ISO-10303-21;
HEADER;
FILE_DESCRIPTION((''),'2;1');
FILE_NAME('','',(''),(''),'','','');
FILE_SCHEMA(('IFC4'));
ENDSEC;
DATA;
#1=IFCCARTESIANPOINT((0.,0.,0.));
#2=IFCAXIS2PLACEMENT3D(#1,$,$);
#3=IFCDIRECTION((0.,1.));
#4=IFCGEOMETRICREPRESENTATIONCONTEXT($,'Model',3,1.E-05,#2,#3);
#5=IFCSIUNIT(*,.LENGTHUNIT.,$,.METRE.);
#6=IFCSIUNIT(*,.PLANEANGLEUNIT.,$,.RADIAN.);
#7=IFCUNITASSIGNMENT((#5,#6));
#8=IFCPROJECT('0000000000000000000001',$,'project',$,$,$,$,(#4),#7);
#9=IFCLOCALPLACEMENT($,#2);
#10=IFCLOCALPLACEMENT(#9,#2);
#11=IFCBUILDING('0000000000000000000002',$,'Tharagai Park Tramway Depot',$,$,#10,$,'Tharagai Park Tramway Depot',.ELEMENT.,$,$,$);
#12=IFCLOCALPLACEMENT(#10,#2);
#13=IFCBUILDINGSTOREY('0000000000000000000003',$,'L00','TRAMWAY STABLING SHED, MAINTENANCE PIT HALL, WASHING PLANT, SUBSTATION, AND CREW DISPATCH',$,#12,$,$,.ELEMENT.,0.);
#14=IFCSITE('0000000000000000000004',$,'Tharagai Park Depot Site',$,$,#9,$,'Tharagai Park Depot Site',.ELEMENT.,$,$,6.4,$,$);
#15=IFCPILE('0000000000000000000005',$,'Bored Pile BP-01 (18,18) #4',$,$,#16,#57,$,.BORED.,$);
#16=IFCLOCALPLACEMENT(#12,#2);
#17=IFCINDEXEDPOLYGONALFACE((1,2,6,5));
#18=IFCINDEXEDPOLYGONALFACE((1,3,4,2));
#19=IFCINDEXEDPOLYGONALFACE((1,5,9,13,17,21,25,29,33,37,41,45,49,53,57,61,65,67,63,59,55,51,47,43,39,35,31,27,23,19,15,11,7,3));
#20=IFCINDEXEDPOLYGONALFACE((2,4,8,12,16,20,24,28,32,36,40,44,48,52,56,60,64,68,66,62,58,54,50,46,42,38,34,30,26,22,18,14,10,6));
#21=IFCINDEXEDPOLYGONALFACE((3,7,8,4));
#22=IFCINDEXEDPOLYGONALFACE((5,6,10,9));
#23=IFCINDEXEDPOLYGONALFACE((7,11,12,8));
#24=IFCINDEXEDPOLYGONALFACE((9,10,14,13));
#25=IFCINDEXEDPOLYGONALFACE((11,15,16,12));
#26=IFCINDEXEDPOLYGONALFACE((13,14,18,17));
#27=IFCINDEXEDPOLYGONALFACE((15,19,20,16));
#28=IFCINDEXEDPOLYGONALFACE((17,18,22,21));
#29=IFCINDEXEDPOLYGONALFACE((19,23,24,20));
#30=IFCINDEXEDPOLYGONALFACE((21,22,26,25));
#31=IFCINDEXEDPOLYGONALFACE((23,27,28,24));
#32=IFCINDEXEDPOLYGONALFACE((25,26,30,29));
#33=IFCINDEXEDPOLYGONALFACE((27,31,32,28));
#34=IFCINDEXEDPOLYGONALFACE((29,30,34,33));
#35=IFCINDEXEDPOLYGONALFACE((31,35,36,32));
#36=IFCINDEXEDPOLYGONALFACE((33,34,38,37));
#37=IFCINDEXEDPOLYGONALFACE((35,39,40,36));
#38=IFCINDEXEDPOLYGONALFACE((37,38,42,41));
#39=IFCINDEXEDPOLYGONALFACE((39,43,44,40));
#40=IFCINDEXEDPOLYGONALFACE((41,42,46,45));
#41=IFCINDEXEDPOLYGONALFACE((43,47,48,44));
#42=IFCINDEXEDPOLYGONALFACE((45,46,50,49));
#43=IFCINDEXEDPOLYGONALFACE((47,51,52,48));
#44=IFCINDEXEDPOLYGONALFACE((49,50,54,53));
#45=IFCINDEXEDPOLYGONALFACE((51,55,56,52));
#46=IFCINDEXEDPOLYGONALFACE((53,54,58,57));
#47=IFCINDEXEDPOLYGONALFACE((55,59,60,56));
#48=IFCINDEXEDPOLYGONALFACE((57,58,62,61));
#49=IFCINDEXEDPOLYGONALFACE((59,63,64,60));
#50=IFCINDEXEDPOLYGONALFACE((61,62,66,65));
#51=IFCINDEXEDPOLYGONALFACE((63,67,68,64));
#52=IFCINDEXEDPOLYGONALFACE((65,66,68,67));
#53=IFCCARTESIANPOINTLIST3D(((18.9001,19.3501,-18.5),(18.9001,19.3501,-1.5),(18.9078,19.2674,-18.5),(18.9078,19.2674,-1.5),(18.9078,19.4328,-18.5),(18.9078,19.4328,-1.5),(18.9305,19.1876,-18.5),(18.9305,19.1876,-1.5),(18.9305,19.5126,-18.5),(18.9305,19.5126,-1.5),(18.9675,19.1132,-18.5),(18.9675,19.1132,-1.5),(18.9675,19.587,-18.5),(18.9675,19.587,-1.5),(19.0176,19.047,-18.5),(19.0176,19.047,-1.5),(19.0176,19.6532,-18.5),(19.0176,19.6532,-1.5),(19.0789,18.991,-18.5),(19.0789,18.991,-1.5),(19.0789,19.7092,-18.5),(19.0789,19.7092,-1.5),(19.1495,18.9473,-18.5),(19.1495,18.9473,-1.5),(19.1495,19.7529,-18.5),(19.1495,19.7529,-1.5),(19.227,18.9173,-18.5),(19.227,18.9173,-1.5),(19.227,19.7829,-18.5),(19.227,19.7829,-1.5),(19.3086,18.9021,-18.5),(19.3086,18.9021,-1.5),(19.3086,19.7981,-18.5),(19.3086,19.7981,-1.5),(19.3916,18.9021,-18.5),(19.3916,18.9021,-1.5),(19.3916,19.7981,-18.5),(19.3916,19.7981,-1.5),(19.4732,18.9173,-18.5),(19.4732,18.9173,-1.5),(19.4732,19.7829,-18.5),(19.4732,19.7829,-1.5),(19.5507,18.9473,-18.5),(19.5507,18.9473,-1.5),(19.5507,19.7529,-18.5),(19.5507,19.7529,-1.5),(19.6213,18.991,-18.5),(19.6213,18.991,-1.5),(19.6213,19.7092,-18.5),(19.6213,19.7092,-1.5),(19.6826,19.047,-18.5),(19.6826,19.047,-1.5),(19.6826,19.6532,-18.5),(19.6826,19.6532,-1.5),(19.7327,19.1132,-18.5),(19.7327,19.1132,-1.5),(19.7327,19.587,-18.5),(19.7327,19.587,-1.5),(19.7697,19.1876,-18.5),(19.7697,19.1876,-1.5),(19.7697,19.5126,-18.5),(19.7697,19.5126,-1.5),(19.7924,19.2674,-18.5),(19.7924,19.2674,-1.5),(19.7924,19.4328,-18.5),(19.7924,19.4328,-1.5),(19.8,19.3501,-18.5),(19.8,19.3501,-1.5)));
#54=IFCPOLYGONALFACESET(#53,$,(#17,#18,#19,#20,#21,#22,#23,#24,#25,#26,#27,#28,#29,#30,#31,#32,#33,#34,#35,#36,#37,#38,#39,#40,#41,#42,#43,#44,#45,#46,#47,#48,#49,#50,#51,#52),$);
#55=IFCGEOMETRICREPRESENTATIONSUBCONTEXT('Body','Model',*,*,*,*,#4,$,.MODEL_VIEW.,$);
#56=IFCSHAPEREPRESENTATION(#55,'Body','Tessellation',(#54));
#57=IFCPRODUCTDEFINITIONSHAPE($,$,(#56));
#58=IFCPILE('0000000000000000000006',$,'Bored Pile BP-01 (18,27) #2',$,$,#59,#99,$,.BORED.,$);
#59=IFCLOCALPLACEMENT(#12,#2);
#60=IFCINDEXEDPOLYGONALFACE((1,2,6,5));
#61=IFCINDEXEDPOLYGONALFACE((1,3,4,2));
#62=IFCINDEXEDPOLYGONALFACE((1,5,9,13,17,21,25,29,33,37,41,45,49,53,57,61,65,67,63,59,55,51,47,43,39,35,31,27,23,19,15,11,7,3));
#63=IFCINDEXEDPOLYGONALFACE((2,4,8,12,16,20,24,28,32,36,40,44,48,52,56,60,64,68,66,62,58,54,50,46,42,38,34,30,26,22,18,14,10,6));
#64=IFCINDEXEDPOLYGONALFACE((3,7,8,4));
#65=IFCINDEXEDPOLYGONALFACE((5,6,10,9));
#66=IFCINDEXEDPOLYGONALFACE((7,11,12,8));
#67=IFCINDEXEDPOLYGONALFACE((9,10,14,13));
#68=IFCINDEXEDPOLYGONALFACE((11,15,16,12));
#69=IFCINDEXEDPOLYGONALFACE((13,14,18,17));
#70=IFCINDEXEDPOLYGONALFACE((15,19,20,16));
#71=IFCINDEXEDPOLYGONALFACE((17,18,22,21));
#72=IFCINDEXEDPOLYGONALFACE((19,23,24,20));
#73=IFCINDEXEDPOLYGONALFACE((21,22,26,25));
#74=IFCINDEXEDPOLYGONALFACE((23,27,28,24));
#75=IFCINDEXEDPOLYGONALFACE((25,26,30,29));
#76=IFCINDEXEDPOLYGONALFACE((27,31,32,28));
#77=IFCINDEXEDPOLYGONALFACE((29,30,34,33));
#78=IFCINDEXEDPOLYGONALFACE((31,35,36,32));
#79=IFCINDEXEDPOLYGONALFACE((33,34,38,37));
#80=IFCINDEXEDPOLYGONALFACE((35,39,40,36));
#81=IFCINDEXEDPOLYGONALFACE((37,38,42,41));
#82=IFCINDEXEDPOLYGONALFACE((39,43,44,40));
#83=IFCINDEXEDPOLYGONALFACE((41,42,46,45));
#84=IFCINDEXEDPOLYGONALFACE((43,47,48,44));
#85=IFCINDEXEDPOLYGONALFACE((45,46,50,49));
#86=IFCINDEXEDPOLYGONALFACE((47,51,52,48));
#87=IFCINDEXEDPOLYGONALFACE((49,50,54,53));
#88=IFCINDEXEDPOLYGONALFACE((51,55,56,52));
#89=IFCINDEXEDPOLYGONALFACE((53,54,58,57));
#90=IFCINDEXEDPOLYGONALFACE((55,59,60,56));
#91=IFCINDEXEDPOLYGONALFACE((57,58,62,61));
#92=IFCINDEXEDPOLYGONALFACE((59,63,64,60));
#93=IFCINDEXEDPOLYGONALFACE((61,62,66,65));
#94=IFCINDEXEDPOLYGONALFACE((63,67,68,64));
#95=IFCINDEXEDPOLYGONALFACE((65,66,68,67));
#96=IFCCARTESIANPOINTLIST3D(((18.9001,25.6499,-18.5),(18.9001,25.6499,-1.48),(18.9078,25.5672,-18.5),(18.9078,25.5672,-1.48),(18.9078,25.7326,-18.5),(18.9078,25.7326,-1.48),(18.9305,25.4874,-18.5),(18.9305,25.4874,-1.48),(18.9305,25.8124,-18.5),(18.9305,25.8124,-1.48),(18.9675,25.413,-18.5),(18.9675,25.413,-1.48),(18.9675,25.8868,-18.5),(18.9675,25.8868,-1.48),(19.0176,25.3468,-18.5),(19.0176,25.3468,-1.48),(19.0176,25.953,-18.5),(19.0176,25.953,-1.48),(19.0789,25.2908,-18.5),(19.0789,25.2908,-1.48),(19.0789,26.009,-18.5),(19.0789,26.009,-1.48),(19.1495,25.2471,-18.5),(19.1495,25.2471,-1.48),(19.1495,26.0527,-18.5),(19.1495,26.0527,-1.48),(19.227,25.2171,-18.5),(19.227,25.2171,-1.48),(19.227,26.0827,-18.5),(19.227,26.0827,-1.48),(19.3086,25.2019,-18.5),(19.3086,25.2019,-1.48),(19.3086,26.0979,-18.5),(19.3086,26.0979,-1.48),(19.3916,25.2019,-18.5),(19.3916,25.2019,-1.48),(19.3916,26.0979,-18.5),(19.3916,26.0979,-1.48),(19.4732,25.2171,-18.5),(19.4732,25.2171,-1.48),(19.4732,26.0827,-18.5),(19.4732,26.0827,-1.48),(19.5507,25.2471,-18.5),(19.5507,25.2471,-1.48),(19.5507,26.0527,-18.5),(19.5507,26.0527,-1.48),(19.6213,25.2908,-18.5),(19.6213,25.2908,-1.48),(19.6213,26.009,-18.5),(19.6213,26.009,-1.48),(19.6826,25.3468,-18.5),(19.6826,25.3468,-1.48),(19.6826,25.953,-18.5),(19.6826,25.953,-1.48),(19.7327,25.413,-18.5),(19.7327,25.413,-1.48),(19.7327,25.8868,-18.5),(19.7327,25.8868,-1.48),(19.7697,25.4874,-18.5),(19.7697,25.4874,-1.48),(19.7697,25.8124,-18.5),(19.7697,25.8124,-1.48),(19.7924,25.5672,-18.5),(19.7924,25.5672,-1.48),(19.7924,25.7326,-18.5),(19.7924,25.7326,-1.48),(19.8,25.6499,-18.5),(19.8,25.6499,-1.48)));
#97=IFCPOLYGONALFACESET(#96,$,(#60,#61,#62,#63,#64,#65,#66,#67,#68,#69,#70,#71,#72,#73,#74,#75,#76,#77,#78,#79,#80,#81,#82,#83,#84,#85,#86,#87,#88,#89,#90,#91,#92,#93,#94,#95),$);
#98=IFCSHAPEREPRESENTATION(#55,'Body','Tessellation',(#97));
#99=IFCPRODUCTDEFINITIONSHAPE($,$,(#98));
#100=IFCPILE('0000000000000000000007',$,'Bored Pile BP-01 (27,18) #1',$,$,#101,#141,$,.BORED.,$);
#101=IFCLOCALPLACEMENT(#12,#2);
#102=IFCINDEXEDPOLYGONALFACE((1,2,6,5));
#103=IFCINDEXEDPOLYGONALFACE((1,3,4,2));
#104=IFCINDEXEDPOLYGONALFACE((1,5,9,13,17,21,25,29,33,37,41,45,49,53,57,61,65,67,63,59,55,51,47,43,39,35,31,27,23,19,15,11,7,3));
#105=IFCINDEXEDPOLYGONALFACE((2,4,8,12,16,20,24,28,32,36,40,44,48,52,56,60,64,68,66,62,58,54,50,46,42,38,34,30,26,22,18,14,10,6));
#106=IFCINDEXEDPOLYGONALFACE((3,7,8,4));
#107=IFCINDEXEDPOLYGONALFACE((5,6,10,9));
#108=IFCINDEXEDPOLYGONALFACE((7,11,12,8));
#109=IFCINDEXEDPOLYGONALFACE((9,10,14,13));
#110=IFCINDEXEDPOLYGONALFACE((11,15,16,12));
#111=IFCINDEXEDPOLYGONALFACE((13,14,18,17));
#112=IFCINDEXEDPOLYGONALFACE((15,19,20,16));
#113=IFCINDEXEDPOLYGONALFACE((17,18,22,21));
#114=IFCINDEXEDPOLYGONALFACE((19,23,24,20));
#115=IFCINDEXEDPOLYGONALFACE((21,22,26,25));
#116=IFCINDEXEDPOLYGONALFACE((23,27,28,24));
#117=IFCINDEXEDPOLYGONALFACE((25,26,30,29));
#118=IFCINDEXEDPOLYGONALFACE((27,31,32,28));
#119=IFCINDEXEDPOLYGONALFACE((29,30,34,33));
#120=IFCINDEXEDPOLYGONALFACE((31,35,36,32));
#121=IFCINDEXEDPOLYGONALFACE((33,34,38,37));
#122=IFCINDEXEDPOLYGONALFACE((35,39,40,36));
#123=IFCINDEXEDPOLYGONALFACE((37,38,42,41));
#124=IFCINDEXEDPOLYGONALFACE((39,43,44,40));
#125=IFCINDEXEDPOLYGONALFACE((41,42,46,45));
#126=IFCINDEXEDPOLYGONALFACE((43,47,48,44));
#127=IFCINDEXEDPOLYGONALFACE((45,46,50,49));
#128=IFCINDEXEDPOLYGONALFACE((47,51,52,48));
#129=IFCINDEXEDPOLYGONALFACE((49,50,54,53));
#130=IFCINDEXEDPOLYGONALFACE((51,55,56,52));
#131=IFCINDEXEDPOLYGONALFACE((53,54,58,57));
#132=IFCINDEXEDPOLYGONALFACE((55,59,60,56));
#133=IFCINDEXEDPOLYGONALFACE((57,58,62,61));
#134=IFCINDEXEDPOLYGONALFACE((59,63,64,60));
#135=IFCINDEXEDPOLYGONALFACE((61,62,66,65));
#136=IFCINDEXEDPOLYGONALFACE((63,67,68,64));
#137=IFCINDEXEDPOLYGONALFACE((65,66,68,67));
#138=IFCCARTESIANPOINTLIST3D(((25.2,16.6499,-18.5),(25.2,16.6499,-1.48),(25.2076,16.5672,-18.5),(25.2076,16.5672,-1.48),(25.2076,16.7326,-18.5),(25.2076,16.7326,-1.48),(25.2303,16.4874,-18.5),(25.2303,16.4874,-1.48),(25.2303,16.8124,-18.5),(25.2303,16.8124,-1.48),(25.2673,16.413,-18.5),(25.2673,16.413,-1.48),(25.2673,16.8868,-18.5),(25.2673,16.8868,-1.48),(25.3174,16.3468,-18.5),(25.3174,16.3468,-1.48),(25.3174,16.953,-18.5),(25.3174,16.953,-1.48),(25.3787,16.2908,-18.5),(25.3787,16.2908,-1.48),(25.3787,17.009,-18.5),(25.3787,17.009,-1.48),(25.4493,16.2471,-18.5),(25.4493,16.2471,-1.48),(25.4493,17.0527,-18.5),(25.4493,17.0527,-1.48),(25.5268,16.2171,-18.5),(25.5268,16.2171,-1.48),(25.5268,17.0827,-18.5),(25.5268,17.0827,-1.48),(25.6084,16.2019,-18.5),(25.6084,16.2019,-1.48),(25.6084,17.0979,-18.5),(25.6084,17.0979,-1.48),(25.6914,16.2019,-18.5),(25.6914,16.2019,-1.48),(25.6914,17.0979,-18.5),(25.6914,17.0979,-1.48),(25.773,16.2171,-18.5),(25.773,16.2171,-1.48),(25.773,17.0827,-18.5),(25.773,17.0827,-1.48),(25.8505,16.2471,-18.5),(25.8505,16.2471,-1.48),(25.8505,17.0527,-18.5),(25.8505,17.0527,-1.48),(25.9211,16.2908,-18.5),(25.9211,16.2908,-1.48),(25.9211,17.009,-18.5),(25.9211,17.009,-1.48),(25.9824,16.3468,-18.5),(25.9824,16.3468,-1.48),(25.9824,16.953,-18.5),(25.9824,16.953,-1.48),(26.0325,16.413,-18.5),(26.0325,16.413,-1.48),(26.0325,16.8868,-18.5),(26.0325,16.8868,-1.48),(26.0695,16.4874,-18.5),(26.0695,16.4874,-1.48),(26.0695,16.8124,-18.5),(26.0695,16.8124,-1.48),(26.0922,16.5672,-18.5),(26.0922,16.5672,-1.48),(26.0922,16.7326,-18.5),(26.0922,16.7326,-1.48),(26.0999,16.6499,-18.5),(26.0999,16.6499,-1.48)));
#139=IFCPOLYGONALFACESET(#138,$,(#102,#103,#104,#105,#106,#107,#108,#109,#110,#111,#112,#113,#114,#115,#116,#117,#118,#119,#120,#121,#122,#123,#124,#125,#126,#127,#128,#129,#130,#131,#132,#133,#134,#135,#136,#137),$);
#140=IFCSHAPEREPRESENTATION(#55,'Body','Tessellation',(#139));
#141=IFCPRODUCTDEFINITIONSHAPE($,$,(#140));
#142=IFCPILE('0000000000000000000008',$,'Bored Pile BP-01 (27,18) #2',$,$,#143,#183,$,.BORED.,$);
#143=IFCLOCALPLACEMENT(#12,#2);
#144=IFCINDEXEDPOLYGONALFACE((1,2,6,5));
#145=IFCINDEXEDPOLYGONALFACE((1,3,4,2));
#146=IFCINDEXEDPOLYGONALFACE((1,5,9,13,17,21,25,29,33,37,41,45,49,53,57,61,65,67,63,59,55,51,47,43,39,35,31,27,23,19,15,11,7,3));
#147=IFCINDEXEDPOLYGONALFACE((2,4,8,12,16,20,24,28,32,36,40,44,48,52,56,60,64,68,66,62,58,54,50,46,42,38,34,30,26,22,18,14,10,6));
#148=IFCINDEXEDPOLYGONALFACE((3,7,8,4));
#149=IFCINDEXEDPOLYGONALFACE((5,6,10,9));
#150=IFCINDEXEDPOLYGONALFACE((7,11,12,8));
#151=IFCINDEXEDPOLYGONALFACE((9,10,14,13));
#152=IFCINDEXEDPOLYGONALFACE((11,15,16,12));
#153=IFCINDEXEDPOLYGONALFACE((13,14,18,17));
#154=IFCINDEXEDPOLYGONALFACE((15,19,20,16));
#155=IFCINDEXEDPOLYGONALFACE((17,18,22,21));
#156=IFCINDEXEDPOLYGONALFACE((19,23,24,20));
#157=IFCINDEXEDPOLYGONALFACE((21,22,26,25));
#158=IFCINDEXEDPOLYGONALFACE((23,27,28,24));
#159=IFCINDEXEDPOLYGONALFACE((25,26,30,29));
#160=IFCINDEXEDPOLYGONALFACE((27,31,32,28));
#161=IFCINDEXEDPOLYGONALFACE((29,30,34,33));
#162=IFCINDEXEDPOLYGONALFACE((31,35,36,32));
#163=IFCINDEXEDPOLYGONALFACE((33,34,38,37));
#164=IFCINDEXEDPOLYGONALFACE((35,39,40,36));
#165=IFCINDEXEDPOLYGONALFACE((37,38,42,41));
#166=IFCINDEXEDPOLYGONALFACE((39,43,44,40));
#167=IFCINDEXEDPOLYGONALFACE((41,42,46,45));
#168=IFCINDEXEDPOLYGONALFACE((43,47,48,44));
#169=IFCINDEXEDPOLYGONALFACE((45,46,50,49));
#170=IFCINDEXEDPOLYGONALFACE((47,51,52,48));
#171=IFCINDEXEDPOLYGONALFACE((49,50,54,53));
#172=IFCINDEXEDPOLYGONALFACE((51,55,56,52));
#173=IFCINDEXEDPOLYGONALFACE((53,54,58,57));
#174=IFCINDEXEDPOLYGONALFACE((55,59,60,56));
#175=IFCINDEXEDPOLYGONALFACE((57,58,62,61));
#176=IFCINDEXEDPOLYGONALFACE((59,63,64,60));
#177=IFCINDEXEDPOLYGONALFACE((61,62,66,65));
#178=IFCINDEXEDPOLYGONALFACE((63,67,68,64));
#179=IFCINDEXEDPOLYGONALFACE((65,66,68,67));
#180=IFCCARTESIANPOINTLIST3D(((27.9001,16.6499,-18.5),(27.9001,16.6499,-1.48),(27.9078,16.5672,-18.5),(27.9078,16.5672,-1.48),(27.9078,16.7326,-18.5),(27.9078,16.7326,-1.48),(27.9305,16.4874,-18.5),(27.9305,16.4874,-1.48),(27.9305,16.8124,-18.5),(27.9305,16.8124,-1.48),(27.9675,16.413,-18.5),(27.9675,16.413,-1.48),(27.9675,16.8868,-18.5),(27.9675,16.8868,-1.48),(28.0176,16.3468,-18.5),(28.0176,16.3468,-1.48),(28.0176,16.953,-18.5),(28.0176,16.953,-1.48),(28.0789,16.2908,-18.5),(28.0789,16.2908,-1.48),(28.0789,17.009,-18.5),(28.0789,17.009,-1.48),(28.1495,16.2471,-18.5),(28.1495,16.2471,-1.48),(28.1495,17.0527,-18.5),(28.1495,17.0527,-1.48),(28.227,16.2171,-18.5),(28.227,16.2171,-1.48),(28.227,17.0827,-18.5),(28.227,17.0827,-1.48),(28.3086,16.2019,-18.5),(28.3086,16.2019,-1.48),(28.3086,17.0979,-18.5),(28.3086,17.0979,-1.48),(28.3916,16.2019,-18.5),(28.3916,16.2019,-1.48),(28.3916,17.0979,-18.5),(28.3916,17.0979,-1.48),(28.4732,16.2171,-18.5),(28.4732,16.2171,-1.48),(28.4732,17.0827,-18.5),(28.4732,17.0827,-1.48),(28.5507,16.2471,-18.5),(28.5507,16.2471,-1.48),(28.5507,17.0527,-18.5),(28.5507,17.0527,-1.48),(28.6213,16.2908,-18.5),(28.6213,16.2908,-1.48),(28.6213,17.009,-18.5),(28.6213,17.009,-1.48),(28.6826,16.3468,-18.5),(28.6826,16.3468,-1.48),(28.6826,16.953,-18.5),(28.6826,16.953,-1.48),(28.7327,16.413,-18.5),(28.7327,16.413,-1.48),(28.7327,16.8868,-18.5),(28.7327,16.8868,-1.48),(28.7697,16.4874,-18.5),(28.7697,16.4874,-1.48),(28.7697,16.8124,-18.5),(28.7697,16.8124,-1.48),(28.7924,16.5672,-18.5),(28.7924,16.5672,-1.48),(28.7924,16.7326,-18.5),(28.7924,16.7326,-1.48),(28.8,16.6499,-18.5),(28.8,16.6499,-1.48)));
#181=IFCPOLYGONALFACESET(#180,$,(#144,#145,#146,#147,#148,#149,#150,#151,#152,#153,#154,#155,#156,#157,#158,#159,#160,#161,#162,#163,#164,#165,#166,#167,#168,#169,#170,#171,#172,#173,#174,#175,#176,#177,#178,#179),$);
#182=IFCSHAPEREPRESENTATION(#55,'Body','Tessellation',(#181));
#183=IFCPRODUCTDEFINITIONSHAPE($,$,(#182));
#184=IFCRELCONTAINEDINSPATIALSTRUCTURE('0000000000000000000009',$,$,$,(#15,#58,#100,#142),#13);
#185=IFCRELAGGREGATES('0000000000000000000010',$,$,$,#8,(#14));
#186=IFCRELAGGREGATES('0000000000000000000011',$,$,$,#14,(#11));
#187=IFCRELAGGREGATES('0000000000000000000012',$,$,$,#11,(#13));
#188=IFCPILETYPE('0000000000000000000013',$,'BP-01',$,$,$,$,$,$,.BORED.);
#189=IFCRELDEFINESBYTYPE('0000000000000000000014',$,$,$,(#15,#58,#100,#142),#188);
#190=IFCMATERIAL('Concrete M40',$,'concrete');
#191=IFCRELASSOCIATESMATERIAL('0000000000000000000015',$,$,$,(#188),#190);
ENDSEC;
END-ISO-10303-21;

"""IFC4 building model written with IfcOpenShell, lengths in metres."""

from ifc_helpers import new_model, si_unit, direction, frame, origin, origin_2d, place, context, subcontext, project, spatial, circle, extrude, material, material_profile, profile_set, type_object, element, save


model = new_model("IFC4")

# Units and contexts
model_context = context("Model", 3, precision=1e-05, world=origin(), true_north=direction((0.0, 1.0)))
body_context = subcontext(model_context, "Body", "Model", "MODEL_VIEW")
ifc_project = project(units=[si_unit("LENGTHUNIT", "METRE"), si_unit("PLANEANGLEUNIT", "RADIAN")], contexts=[model_context])

# Site, building, storey
site_placement = place(None, origin())
site = spatial("IfcSite", under=ifc_project, at=site_placement, Name="Tharagai Park Depot Site", LongName="Tharagai Park Depot Site", CompositionType="ELEMENT", RefElevation=6.4)
building_placement = place(site_placement, origin())
building = spatial("IfcBuilding", under=site, at=building_placement, Name="Tharagai Park Tramway Depot", LongName="Tharagai Park Tramway Depot", CompositionType="ELEMENT")
storey_placement = place(building_placement, origin())
storey = spatial("IfcBuildingStorey", under=building, at=storey_placement, Name="L00", Description="TRAMWAY STABLING SHED, MAINTENANCE PIT HALL, WASHING PLANT, SUBSTATION, AND CREW DISPATCH", CompositionType="ELEMENT", Elevation=0.0)

# Piles
ifc_material_1 = material(Name="Concrete M40", Category="concrete")
ifc_material_profile_1 = material_profile(ifc_material_1, circle(Radius=0.45, at=origin_2d()), Name="PILE D900")
ifc_profile_set_1 = profile_set([ifc_material_profile_1], Name="Concrete M40")
pile_type_1 = type_object("IfcPileType", Name="BP-01", PredefinedType="BORED", material=ifc_profile_set_1)
pile_placement = place(storey_placement, frame((19.3501, 19.3501, -1.5), z_axis=(0.0, 0.0, -1.0), x_axis=(1.0, 0.0, 0.0)))
element("IfcPile", 1, at=pile_placement, inside=storey, type_object=pile_type_1, Name="Bored Pile BP-01 (18,18) #4", PredefinedType="BORED", context=body_context, shape_type="SweptSolid", body=[
    extrude(circle(Radius=0.45, at=origin_2d()), origin(), (0.0, 0.0, 1.0), 17.0),
])
for number, where, z_axis, x_axis, name in (
    (2, (19.3501, 25.6499, -1.48), (0.0, 0.0, -1.0), (1.0, 0.0, 0.0), "Bored Pile BP-01 (18,27) #2"),
    (3, (25.6499, 16.6499, -1.48), (0.0, 0.0, -1.0), (1.0, 0.0, 0.0), "Bored Pile BP-01 (27,18) #1"),
    (4, (28.3501, 16.6499, -1.48), (0.0, 0.0, -1.0), (1.0, 0.0, 0.0), "Bored Pile BP-01 (27,18) #2"),
):
    element("IfcPile", number, at=place(storey_placement, frame(where, z_axis=z_axis, x_axis=x_axis)), inside=storey, type_object=pile_type_1, Name=name, PredefinedType="BORED", context=body_context, shape_type="SweptSolid", body=[
        extrude(circle(Radius=0.45, at=origin_2d()), origin(), (0.0, 0.0, 1.0), 17.02),
    ])

save(model, "model.ifc")
